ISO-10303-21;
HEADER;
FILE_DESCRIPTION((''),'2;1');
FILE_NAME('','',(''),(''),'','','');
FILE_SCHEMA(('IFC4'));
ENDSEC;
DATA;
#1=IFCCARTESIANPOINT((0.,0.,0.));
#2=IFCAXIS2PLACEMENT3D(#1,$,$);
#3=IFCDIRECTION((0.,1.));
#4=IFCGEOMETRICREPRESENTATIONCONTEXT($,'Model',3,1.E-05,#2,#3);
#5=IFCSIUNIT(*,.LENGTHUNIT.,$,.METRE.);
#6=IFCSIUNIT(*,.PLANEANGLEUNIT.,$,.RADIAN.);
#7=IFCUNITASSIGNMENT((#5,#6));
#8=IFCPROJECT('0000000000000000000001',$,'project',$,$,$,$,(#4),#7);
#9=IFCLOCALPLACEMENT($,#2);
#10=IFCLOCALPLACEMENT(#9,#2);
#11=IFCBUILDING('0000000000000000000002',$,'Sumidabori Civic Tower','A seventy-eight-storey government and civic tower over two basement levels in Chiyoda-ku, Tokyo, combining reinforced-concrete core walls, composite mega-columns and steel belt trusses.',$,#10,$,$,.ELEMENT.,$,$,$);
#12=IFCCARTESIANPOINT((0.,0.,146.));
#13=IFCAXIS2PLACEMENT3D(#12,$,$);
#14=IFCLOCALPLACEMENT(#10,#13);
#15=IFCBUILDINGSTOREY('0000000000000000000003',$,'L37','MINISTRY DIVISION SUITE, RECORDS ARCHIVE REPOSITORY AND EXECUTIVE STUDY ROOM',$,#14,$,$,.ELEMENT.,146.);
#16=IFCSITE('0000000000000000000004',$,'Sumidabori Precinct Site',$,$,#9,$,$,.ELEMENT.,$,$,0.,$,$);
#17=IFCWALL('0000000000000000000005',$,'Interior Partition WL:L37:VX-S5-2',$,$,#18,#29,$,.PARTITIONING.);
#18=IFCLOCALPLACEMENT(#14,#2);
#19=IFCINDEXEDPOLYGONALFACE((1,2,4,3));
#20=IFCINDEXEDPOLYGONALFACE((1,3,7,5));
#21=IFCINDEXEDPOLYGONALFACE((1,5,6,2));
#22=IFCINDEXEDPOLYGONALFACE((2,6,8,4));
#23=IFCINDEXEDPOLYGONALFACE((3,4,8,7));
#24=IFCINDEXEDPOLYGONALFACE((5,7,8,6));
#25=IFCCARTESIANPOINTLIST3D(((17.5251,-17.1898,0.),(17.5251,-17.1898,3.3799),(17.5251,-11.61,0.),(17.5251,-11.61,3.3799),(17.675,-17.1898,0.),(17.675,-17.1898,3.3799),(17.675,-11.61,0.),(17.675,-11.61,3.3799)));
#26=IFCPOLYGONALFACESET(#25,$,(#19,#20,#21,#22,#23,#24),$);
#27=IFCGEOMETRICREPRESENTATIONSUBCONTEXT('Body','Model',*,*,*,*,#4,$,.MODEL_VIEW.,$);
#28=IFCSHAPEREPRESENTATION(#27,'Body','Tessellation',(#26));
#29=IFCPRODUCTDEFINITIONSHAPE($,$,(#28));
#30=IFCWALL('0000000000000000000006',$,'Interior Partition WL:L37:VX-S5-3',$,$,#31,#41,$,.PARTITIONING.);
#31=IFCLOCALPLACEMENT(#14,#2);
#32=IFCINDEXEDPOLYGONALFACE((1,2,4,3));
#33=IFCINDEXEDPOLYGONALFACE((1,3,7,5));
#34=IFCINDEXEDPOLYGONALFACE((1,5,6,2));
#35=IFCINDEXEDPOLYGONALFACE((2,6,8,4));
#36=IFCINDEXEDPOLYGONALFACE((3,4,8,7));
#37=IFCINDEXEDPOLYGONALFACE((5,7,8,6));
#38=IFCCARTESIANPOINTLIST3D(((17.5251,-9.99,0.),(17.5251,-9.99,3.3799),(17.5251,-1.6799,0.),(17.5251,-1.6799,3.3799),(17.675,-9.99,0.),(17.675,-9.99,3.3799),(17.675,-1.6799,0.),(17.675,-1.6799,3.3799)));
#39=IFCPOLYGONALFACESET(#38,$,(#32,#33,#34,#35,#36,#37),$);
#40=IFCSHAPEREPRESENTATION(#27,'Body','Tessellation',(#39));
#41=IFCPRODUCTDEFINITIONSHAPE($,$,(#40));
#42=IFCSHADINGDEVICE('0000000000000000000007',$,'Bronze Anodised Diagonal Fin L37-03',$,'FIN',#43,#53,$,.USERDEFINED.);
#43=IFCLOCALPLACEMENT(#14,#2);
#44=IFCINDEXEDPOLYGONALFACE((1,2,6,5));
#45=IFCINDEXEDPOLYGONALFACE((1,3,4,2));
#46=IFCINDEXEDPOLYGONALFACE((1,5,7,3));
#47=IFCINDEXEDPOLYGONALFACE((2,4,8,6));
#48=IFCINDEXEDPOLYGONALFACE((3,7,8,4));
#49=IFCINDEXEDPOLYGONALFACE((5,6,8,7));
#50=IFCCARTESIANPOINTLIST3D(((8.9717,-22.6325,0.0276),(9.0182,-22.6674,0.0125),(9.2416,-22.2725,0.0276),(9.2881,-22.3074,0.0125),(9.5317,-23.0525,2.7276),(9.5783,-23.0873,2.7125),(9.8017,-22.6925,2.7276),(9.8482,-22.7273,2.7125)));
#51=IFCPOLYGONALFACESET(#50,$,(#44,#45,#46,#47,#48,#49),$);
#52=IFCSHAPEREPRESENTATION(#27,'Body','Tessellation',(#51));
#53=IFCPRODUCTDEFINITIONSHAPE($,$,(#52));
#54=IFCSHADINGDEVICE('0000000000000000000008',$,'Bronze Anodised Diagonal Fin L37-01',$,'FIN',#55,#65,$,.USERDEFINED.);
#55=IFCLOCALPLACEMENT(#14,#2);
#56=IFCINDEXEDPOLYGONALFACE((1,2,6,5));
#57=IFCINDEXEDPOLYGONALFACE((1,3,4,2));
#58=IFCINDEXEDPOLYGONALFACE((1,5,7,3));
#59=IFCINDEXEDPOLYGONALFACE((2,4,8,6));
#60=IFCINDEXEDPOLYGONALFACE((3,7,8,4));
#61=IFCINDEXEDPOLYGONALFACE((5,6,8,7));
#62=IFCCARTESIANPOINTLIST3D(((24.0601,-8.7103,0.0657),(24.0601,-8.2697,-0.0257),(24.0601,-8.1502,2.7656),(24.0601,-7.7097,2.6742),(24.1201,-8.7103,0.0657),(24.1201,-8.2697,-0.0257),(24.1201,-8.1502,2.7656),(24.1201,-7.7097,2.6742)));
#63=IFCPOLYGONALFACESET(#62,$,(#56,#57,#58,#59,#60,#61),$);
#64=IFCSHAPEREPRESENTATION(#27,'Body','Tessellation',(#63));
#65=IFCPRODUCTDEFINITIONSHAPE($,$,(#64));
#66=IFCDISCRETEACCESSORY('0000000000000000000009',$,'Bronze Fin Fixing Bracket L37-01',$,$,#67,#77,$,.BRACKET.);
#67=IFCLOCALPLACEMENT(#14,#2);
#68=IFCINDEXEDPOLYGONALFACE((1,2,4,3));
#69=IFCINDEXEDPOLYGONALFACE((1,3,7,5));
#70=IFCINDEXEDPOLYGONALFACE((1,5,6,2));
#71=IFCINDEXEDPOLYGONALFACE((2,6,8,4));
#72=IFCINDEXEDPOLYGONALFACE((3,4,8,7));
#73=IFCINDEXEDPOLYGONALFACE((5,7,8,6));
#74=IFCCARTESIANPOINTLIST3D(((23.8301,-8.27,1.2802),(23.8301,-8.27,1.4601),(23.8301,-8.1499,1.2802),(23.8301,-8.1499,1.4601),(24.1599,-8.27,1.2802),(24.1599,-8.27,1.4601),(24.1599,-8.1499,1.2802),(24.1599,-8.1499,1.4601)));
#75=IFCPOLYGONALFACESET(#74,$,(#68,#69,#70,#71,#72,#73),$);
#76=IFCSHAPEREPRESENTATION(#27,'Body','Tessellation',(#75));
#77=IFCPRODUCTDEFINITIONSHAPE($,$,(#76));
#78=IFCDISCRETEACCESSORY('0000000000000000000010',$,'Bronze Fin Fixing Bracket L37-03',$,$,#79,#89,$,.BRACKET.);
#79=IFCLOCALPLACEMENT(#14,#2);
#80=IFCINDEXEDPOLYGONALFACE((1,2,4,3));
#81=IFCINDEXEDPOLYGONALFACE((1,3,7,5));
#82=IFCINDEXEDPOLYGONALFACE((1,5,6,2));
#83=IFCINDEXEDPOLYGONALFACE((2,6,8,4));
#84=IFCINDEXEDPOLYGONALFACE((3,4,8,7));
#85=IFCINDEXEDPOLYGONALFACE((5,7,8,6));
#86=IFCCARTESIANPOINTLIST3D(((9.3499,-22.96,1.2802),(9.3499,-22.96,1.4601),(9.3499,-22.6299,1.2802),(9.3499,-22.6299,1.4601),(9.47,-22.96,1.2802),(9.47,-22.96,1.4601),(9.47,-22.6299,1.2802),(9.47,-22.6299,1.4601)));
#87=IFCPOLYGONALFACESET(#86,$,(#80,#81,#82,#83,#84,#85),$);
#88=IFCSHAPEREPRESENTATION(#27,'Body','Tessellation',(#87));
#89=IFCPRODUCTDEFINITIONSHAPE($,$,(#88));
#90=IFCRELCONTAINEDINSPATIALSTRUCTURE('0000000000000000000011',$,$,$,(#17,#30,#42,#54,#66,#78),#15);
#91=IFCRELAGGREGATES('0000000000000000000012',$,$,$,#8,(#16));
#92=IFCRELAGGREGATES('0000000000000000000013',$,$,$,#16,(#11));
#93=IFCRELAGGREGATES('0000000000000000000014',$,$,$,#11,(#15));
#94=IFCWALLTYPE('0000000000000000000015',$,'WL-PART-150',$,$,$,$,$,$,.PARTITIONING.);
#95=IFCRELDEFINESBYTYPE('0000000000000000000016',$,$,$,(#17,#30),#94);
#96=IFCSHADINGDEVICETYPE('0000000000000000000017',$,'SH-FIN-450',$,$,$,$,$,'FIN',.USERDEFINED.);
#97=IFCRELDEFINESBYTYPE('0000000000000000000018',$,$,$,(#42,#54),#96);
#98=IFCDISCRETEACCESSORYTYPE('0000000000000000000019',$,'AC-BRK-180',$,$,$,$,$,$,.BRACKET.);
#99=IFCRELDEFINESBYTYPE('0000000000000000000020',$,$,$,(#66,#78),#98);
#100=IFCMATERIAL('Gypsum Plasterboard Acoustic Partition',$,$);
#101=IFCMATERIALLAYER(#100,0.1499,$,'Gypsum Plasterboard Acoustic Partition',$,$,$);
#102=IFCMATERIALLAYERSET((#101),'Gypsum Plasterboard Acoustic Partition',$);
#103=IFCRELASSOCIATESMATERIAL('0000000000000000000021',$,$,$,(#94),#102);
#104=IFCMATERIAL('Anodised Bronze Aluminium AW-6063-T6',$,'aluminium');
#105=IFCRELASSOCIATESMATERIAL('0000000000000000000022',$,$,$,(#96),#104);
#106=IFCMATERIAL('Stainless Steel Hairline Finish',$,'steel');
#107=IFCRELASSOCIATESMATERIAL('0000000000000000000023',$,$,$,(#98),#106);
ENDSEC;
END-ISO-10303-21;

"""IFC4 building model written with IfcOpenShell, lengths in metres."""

from ifc_helpers import new_model, si_unit, direction, frame, frame_2d, origin, origin_2d, place, context, subcontext, project, spatial, rectangle, extrude, source, transform, mapped, material, layer, layer_set, material_profile, profile_set, type_object, element, save


model = new_model("IFC4")

# Units and contexts
model_context = context("Model", 3, precision=1e-05, world=origin(), true_north=direction((0.0, 1.0)))
body_context = subcontext(model_context, "Body", "Model", "MODEL_VIEW")
ifc_project = project(units=[si_unit("LENGTHUNIT", "METRE"), si_unit("PLANEANGLEUNIT", "RADIAN")], contexts=[model_context])

# Site, building, storey
site_placement = place(None, origin())
site = spatial("IfcSite", under=ifc_project, at=site_placement, Name="Sumidabori Precinct Site", CompositionType="ELEMENT", RefElevation=0.0)
building_placement = place(site_placement, origin())
building = spatial("IfcBuilding", under=site, at=building_placement, Name="Sumidabori Civic Tower", Description="A seventy-eight-storey government and civic tower over two basement levels in Chiyoda-ku, Tokyo, combining reinforced-concrete core walls, composite mega-columns and steel belt trusses.", CompositionType="ELEMENT")
storey_placement = place(building_placement, frame((0.0, 0.0, 146.0)))
storey = spatial("IfcBuildingStorey", under=building, at=storey_placement, Name="L37", Description="MINISTRY DIVISION SUITE, RECORDS ARCHIVE REPOSITORY AND EXECUTIVE STUDY ROOM", CompositionType="ELEMENT", Elevation=146.0)

# Shared definitions
ifc_material_1 = material(Name="Anodised Bronze Aluminium AW-6063-T6", Category="aluminium")

# Shared definitions
ifc_material_2 = material(Name="Gypsum Plasterboard Acoustic Partition")
ifc_layer_1 = layer(ifc_material_2, 0.1499, Name="Gypsum Plasterboard Acoustic Partition")
ifc_layer_set_1 = layer_set([ifc_layer_1], Name="Gypsum Plasterboard Acoustic Partition")
wall_type_1 = type_object("IfcWallType", Name="WL-PART-150", PredefinedType="PARTITIONING", material=ifc_layer_set_1)

# Walls
shared_shape_1 = source(origin(), body_context, "Body", "SweptSolid", [
    extrude(rectangle(XDim=5.5798, YDim=0.1499, at=frame_2d((2.79, 0.0))), origin(), (0.0, 0.0, 1.0), 3.3799),
])
wall_1_placement = place(storey_placement, frame((17.6001, -17.1899, 0.0), z_axis=(0.0, 0.0, 1.0), x_axis=(0.0, 1.0, 0.0)))
element("IfcWall", 1, at=wall_1_placement, inside=storey, type_object=wall_type_1, Name="Interior Partition WL:L37:VX-S5-2", PredefinedType="PARTITIONING", context=body_context, shape_type="MappedRepresentation", body=[
    mapped(shared_shape_1, transform((0.0, 0.0, 0.0), x_axis=(1.0, 0.0, 0.0), y_axis=(0.0, 1.0, 0.0), z_axis=(0.0, 0.0, 1.0), scale=1.0)),
])
shared_shape_2 = source(origin(), body_context, "Body", "SweptSolid", [
    extrude(rectangle(XDim=8.3101, YDim=0.1499, at=frame_2d((4.155, 0.0))), origin(), (0.0, 0.0, 1.0), 3.3799),
])
wall_2_placement = place(storey_placement, frame((17.6001, -9.99, 0.0), z_axis=(0.0, 0.0, 1.0), x_axis=(0.0, 1.0, 0.0)))
element("IfcWall", 2, at=wall_2_placement, inside=storey, type_object=wall_type_1, Name="Interior Partition WL:L37:VX-S5-3", PredefinedType="PARTITIONING", context=body_context, shape_type="MappedRepresentation", body=[
    mapped(shared_shape_2, transform((0.0, 0.0, 0.0), x_axis=(1.0, 0.0, 0.0), y_axis=(0.0, 1.0, 0.0), z_axis=(0.0, 0.0, 1.0), scale=1.0)),
])

# Shading devices
ifc_material_profile_1 = material_profile(ifc_material_1, rectangle(XDim=0.0601, YDim=0.45, at=origin_2d()), Name="BRONZE FIN 450x60")
ifc_profile_set_1 = profile_set([ifc_material_profile_1], Name="Anodised Bronze Aluminium AW-6063-T6")
shading_device_type = type_object("IfcShadingDeviceType", Name="SH-FIN-450", ElementType="FIN", PredefinedType="USERDEFINED", material=ifc_profile_set_1)
shared_shape_3 = source(origin(), body_context, "Body", "SweptSolid", [
    extrude(rectangle(XDim=0.0601, YDim=0.45, at=origin_2d()), origin(), (0.0, 0.0, 1.0), 2.7893),
])
shading_device_1_placement = place(storey_placement, frame((9.1299, -22.47, 0.02), z_axis=(0.200794, -0.150552, 0.967996), x_axis=(0.774478, -0.580689, -0.250966)))
element("IfcShadingDevice", 3, at=shading_device_1_placement, inside=storey, type_object=shading_device_type, Name="Bronze Anodised Diagonal Fin L37-03", ObjectType="FIN", PredefinedType="USERDEFINED", context=body_context, shape_type="MappedRepresentation", body=[
    mapped(shared_shape_3, transform((0.0, 0.0, 0.0), x_axis=(1.0, 0.0, 0.0), y_axis=(0.0, 1.0, 0.0), z_axis=(0.0, 0.0, 1.0), scale=1.0)),
])
shared_shape_4 = source(origin(), body_context, "Body", "SweptSolid", [
    extrude(rectangle(XDim=0.0601, YDim=0.45, at=origin_2d()), origin(), (0.0, 0.0, 1.0), 2.7573),
])
shading_device_2_placement = place(storey_placement, frame((24.0901, -8.49, 0.02), z_axis=(0.0, 0.203109, 0.979156), x_axis=(-1.0, 0.0, 0.0)))
element("IfcShadingDevice", 4, at=shading_device_2_placement, inside=storey, type_object=shading_device_type, Name="Bronze Anodised Diagonal Fin L37-01", ObjectType="FIN", PredefinedType="USERDEFINED", context=body_context, shape_type="MappedRepresentation", body=[
    mapped(shared_shape_4, transform((0.0, 0.0, 0.0), x_axis=(1.0, 0.0, 0.0), y_axis=(0.0, 1.0, 0.0), z_axis=(0.0, 0.0, 1.0), scale=1.0)),
])

# Discrete accessories
ifc_material_3 = material(Name="Stainless Steel Hairline Finish", Category="steel")
ifc_material_profile_2 = material_profile(ifc_material_3, rectangle(XDim=0.1201, YDim=0.1799, at=origin_2d()), Name="STEEL BRACKET 180x120")
ifc_profile_set_2 = profile_set([ifc_material_profile_2], Name="Stainless Steel Hairline Finish")
discrete_accessory_type = type_object("IfcDiscreteAccessoryType", Name="AC-BRK-180", PredefinedType="BRACKET", material=ifc_profile_set_2)
shared_shape_5 = source(origin(), body_context, "Body", "SweptSolid", [
    extrude(rectangle(XDim=0.1201, YDim=0.1799, at=origin_2d()), origin(), (0.0, 0.0, 1.0), 0.3298),
])
discrete_accessory_1_placement = place(storey_placement, frame((23.8301, -8.21, 1.3701), z_axis=(1.0, 0.0, 0.0), x_axis=(0.0, 1.0, 0.0)))
element("IfcDiscreteAccessory", 5, at=discrete_accessory_1_placement, inside=storey, type_object=discrete_accessory_type, Name="Bronze Fin Fixing Bracket L37-01", PredefinedType="BRACKET", context=body_context, shape_type="MappedRepresentation", body=[
    mapped(shared_shape_5, transform((0.0, 0.0, 0.0), x_axis=(1.0, 0.0, 0.0), y_axis=(0.0, 1.0, 0.0), z_axis=(0.0, 0.0, 1.0), scale=1.0)),
])
shared_shape_6 = source(origin(), body_context, "Body", "SweptSolid", [
    extrude(rectangle(XDim=0.1201, YDim=0.1799, at=origin_2d()), origin(), (0.0, 0.0, 1.0), 0.3301),
])
discrete_accessory_2_placement = place(storey_placement, frame((9.4099, -22.6299, 1.3701), z_axis=(0.0, -1.0, 0.0), x_axis=(1.0, 0.0, 0.0)))
element("IfcDiscreteAccessory", 6, at=discrete_accessory_2_placement, inside=storey, type_object=discrete_accessory_type, Name="Bronze Fin Fixing Bracket L37-03", PredefinedType="BRACKET", context=body_context, shape_type="MappedRepresentation", body=[
    mapped(shared_shape_6, transform((0.0, 0.0, 0.0), x_axis=(1.0, 0.0, 0.0), y_axis=(0.0, 1.0, 0.0), z_axis=(0.0, 0.0, 1.0), scale=1.0)),
])

save(model, "model.ifc")
